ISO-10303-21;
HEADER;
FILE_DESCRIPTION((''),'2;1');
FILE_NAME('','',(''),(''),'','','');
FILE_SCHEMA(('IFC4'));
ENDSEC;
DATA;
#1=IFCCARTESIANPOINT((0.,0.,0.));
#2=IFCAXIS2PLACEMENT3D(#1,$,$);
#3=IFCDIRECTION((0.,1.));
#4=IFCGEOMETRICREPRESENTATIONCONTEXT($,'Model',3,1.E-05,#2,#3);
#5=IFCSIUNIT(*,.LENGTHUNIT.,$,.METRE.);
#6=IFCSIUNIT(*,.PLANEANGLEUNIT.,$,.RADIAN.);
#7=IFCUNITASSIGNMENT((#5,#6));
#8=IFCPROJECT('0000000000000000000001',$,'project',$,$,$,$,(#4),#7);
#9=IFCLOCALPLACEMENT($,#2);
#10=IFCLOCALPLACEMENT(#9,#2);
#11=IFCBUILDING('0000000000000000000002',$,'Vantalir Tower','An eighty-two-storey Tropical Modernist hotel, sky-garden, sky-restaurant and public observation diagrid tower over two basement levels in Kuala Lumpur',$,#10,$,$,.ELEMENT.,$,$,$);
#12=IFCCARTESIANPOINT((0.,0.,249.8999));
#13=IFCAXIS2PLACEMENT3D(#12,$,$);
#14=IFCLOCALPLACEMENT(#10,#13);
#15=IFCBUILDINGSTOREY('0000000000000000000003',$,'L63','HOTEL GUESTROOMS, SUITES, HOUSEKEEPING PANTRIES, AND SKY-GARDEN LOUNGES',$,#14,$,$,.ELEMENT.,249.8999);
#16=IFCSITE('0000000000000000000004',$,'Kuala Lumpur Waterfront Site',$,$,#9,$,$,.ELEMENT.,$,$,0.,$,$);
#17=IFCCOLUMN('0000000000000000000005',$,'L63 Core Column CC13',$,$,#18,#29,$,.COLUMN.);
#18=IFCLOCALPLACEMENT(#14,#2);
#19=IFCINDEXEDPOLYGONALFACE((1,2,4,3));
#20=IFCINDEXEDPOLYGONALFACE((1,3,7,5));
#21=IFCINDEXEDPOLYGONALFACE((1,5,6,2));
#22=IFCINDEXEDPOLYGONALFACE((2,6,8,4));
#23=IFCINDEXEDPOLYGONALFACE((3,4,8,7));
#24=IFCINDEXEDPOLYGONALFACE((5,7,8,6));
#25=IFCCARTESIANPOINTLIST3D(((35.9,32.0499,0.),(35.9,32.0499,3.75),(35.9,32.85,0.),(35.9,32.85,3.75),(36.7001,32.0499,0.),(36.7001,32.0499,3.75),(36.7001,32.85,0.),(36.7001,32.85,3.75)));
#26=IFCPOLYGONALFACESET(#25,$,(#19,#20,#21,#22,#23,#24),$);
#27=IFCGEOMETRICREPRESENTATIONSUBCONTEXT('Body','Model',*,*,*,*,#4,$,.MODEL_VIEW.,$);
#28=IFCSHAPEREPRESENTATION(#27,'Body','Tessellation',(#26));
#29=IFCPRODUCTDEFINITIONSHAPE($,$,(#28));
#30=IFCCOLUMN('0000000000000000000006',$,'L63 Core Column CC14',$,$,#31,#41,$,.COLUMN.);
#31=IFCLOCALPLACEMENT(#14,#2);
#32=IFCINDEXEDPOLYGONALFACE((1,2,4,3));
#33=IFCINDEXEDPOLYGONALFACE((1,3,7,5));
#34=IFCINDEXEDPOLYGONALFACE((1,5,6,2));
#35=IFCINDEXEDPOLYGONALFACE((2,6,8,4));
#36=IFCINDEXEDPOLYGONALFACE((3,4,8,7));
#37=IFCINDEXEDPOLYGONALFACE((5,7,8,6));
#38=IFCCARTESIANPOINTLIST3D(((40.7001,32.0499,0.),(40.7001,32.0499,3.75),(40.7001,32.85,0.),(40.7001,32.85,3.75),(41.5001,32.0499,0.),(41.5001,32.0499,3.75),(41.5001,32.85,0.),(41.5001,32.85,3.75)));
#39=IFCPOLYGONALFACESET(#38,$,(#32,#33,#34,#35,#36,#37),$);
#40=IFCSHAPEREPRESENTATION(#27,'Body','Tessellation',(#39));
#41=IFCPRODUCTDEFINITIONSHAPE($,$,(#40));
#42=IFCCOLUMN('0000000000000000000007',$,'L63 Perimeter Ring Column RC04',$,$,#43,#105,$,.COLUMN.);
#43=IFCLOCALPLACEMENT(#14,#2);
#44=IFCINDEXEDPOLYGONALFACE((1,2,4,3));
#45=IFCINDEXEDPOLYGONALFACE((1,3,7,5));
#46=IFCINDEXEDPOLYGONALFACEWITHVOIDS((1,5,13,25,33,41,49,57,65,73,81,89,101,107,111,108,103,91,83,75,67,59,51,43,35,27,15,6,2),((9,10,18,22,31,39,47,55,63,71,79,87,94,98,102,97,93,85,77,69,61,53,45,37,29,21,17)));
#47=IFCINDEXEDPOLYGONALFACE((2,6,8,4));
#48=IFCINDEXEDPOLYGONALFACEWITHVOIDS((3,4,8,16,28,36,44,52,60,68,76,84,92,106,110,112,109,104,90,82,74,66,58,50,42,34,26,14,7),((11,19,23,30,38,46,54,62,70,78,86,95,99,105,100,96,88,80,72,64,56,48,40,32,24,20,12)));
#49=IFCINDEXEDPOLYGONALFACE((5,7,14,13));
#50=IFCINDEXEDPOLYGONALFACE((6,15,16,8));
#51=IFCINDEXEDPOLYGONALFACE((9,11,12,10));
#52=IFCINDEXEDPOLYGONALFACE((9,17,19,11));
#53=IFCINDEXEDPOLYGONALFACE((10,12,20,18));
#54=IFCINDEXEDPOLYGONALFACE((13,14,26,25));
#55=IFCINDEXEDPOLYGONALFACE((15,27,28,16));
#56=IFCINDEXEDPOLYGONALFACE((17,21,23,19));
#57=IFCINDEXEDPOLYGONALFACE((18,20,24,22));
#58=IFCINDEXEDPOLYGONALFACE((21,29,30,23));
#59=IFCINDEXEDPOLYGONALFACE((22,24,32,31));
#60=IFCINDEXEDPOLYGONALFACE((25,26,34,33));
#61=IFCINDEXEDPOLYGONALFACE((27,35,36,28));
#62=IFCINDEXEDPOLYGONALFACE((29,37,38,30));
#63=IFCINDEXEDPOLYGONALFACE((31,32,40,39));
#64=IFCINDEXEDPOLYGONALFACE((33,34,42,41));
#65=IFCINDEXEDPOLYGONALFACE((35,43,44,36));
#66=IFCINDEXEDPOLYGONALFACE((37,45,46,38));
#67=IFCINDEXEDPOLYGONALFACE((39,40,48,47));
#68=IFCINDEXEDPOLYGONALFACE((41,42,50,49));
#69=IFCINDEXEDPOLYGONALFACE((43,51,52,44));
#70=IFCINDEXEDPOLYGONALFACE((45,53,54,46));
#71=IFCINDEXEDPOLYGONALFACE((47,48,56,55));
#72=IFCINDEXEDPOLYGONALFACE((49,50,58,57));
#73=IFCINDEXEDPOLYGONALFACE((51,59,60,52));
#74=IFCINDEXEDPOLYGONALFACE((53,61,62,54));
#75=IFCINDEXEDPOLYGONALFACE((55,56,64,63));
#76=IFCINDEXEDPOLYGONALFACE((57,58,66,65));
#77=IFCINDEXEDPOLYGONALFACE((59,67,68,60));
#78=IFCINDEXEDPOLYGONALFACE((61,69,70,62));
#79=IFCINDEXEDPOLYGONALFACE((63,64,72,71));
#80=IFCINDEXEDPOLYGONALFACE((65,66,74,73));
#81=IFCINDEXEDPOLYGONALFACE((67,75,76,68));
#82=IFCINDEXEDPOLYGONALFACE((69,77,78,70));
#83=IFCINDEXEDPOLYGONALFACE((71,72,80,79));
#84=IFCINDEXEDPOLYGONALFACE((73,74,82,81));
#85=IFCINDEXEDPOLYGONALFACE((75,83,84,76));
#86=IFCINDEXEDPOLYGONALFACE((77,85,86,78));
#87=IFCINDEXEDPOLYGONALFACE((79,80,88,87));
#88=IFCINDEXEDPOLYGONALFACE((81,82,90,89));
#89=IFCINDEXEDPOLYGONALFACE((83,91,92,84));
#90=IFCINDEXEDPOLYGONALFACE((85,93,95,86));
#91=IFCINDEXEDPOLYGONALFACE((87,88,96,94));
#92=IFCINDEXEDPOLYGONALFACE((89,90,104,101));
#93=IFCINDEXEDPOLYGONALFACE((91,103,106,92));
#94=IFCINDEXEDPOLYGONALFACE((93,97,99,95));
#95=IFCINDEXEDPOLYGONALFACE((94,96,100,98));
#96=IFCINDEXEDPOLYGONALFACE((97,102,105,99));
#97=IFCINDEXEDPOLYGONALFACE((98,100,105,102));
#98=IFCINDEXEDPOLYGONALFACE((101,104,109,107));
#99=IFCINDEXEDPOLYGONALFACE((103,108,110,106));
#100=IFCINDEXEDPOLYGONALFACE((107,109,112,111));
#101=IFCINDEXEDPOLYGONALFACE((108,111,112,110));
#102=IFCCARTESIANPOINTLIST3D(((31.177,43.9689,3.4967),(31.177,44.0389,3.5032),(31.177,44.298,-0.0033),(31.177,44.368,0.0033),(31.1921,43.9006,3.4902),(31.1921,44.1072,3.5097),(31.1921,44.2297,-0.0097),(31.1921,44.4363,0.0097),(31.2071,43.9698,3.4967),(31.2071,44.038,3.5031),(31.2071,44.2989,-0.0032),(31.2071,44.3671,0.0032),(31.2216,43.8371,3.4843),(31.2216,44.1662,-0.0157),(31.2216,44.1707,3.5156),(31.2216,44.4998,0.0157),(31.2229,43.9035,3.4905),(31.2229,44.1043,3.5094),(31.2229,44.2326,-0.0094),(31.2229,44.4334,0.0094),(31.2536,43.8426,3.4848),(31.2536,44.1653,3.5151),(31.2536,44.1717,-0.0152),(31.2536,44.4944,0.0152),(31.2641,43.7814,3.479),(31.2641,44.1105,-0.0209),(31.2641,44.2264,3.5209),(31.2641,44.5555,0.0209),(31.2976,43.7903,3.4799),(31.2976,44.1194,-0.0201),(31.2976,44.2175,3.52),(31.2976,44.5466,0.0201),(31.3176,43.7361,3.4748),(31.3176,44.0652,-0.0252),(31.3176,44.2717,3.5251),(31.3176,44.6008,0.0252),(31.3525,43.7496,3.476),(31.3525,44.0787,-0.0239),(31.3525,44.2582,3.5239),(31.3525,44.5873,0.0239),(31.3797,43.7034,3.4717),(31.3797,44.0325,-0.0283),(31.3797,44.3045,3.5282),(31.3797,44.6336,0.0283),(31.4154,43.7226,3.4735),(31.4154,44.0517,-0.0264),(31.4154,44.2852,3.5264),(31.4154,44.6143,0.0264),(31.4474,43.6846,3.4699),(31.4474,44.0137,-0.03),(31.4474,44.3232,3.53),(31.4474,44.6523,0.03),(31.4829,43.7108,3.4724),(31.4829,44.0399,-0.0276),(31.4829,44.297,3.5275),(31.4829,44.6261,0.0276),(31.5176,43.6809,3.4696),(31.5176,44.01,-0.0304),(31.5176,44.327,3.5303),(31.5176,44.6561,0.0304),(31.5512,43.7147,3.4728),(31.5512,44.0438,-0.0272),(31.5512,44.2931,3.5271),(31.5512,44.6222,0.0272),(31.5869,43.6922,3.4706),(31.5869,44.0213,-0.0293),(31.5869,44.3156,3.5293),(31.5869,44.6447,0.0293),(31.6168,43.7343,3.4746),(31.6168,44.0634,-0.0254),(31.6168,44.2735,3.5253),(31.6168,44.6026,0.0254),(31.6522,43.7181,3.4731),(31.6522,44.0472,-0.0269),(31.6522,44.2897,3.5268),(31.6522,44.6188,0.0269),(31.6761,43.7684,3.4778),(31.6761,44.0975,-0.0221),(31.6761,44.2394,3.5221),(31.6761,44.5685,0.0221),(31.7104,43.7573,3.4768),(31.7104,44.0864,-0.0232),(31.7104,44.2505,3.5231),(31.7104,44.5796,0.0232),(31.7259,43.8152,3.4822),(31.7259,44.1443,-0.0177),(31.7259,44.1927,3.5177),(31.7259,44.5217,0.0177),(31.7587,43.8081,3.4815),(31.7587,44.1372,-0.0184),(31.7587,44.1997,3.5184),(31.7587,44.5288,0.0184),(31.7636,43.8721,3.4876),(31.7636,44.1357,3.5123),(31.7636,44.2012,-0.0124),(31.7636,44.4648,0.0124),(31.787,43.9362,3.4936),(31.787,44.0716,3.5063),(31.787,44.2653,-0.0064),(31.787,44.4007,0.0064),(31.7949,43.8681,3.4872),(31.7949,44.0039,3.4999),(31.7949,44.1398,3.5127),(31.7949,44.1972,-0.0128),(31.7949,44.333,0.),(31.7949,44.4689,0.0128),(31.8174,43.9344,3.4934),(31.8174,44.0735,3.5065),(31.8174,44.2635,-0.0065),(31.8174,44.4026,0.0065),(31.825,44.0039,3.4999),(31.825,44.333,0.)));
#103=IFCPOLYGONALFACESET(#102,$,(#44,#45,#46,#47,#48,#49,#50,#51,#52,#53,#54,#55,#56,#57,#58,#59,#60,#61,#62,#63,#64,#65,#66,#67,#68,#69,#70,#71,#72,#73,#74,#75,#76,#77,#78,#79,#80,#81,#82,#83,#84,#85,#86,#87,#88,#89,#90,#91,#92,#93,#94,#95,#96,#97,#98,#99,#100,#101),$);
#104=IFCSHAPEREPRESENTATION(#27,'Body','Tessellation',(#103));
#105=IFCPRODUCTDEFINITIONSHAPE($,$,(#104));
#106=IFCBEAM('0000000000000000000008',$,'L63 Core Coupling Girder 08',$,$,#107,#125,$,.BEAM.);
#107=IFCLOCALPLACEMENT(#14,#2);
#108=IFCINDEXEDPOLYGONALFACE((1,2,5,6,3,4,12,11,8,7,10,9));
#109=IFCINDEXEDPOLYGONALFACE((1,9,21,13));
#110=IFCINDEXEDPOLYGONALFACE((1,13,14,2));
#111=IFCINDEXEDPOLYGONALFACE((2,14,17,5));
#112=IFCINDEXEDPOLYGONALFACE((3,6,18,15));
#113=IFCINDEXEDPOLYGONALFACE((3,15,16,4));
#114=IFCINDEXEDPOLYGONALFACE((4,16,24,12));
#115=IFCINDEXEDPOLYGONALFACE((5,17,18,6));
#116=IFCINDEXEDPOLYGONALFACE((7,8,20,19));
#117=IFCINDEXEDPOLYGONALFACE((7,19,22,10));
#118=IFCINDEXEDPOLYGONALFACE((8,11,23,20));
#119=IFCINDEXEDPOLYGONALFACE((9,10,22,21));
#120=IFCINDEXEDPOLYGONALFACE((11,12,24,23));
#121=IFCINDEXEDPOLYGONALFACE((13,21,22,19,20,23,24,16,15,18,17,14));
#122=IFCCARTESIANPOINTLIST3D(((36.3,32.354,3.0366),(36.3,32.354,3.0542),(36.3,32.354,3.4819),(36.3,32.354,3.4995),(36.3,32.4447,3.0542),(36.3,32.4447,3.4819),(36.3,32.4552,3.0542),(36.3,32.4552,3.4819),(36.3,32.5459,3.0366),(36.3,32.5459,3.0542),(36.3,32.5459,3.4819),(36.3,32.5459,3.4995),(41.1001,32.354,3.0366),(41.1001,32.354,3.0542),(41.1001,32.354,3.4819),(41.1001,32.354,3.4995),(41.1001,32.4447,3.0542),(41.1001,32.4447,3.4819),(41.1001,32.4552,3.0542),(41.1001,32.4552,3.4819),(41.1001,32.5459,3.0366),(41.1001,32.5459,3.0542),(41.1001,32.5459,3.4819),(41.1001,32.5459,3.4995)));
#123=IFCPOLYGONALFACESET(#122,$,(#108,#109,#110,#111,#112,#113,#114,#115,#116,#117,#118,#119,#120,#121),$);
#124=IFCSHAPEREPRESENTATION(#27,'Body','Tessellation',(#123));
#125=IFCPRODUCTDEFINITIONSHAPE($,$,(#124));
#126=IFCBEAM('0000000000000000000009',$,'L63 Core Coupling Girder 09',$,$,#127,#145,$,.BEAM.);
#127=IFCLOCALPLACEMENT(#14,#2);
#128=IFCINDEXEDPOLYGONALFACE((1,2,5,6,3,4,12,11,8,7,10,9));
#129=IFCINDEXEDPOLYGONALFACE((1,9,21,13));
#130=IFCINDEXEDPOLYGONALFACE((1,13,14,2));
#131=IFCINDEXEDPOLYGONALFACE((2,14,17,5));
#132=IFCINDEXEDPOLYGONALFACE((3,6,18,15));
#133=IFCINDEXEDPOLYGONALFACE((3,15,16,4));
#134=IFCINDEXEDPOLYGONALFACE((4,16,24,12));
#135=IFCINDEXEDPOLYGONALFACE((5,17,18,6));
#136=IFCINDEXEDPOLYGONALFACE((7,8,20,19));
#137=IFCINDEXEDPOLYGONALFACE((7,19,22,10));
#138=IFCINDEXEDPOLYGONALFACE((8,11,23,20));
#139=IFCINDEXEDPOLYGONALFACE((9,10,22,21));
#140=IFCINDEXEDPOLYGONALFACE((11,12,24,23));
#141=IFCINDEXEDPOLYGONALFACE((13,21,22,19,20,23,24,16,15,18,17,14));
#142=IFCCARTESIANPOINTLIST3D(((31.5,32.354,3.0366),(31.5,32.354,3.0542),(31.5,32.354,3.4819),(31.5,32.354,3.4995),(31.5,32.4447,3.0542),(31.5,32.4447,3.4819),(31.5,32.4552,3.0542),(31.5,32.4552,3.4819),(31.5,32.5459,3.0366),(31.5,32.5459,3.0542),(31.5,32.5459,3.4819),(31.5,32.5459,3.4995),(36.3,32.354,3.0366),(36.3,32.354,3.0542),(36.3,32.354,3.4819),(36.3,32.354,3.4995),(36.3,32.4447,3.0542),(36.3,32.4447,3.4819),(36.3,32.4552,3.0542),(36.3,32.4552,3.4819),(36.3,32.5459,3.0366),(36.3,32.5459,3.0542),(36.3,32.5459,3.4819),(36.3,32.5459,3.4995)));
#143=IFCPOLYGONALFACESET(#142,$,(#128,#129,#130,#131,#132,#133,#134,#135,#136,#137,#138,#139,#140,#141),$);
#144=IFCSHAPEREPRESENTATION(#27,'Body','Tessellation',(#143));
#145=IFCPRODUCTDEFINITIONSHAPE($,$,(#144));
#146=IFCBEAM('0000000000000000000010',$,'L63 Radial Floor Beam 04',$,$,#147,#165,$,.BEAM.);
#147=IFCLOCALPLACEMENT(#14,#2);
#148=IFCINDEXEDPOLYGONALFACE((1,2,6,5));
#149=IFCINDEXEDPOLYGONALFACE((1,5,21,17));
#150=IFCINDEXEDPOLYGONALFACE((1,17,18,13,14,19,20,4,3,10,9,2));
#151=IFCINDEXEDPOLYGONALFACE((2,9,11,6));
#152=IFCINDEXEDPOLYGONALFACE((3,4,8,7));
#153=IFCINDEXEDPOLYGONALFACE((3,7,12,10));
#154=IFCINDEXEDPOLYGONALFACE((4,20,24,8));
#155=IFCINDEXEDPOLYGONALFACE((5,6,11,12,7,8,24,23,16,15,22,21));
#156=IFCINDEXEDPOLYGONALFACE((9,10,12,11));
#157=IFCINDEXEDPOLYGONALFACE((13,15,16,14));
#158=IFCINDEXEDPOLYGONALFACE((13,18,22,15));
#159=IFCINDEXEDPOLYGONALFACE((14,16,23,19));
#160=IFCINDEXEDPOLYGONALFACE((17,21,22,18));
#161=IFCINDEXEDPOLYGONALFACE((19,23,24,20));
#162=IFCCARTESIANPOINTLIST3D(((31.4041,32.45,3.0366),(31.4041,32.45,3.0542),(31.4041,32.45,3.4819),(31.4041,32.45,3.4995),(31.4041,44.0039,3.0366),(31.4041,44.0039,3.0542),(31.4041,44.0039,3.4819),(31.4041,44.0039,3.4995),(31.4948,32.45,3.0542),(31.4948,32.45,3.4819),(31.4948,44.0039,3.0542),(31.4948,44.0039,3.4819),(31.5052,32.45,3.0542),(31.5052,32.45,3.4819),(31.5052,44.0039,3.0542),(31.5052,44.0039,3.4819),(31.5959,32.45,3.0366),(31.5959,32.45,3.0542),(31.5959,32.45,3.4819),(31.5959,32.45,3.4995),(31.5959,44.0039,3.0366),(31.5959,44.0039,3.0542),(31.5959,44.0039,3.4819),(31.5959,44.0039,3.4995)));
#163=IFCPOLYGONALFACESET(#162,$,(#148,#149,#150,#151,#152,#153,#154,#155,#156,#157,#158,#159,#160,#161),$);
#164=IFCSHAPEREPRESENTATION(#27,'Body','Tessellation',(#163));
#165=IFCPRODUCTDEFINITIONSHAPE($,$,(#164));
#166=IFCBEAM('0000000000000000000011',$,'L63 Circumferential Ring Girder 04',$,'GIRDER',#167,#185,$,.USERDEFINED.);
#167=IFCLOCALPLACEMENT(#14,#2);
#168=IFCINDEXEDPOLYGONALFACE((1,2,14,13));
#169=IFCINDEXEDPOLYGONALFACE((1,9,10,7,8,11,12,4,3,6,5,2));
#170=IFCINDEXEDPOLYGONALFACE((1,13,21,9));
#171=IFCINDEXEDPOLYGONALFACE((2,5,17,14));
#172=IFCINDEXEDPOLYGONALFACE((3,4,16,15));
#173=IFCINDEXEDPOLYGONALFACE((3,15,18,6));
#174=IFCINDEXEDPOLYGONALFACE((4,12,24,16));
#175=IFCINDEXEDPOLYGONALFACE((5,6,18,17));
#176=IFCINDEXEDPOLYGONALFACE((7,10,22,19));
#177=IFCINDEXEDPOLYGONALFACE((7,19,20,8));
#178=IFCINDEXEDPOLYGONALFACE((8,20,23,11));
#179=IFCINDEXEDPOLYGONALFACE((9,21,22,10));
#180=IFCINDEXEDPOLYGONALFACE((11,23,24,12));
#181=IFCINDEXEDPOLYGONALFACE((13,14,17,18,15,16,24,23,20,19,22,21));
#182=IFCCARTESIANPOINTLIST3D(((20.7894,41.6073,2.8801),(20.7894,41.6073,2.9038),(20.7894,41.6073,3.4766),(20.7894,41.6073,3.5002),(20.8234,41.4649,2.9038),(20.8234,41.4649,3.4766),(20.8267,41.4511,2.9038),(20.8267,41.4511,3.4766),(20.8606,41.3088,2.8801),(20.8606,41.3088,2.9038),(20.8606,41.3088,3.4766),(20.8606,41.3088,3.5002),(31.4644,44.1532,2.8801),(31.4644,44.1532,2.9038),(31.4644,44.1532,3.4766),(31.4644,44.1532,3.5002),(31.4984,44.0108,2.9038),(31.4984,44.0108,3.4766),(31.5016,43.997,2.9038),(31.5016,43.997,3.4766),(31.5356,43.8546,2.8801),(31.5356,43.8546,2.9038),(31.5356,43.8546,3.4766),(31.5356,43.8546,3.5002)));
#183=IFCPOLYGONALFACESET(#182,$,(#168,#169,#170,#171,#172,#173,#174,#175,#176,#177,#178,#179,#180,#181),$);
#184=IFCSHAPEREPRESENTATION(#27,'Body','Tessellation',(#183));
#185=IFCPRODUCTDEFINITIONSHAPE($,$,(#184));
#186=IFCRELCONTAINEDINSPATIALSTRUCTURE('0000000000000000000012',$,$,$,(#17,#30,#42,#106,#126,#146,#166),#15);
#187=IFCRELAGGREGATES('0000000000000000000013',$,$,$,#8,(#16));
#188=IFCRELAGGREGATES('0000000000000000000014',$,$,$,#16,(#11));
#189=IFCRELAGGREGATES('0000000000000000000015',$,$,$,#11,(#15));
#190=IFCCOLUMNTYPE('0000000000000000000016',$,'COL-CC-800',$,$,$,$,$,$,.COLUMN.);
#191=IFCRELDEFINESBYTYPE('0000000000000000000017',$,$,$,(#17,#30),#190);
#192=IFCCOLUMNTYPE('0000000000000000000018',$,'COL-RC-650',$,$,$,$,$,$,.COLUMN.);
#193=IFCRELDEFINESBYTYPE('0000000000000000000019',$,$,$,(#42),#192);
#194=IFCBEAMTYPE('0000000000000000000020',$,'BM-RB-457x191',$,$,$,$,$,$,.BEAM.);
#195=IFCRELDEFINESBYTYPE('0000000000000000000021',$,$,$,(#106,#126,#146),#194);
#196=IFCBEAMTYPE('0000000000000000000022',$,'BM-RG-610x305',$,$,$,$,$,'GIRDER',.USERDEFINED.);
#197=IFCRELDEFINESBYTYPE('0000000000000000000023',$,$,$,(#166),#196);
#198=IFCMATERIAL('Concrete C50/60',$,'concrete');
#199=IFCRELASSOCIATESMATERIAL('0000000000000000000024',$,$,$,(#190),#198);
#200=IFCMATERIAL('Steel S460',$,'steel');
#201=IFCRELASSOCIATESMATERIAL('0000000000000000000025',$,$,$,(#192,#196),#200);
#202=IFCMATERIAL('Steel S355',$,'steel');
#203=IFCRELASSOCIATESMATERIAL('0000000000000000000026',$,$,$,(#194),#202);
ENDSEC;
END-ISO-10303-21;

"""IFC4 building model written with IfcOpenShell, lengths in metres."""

from ifc_helpers import new_model, si_unit, direction, frame, origin, origin_2d, place, context, subcontext, project, spatial, rectangle, hollow_circle, i_section, extrude, material, material_profile, profile_set, type_object, element, save


model = new_model("IFC4")

# Units and contexts
model_context = context("Model", 3, precision=1e-05, world=origin(), true_north=direction((0.0, 1.0)))
body_context = subcontext(model_context, "Body", "Model", "MODEL_VIEW")
ifc_project = project(units=[si_unit("LENGTHUNIT", "METRE"), si_unit("PLANEANGLEUNIT", "RADIAN")], contexts=[model_context])

# Site, building, storey
site_placement = place(None, origin())
site = spatial("IfcSite", under=ifc_project, at=site_placement, Name="Kuala Lumpur Waterfront Site", CompositionType="ELEMENT", RefElevation=0.0)
building_placement = place(site_placement, origin())
building = spatial("IfcBuilding", under=site, at=building_placement, Name="Vantalir Tower", Description="An eighty-two-storey Tropical Modernist hotel, sky-garden, sky-restaurant and public observation diagrid tower over two basement levels in Kuala Lumpur", CompositionType="ELEMENT")
storey_placement = place(building_placement, frame((0.0, 0.0, 249.8999)))
storey = spatial("IfcBuildingStorey", under=building, at=storey_placement, Name="L63", Description="HOTEL GUESTROOMS, SUITES, HOUSEKEEPING PANTRIES, AND SKY-GARDEN LOUNGES", CompositionType="ELEMENT", Elevation=249.8999)

# Columns
ifc_material_1 = material(Name="Concrete C50/60", Category="concrete")
ifc_material_profile_1 = material_profile(ifc_material_1, rectangle(XDim=0.8, YDim=0.8, at=origin_2d()), Name="Concrete C50/60")
ifc_profile_set_1 = profile_set([ifc_material_profile_1], Name="Concrete C50/60")
column_type_1 = type_object("IfcColumnType", Name="COL-CC-800", PredefinedType="COLUMN", material=ifc_profile_set_1)
for number, where, z_axis, x_axis, name in (
    (1, (36.3, 32.45, 0.0), (0.0, 0.0, 1.0), (1.0, 0.0, 0.0), "L63 Core Column CC13"),
    (2, (41.1001, 32.45, 0.0), (0.0, 0.0, 1.0), (1.0, 0.0, 0.0), "L63 Core Column CC14"),
):
    element("IfcColumn", number, at=place(storey_placement, frame(where, z_axis=z_axis, x_axis=x_axis)), inside=storey, type_object=column_type_1, Name=name, PredefinedType="COLUMN", context=body_context, shape_type="SweptSolid", body=[
        extrude(rectangle(XDim=0.8, YDim=0.8, at=origin_2d()), origin(), (0.0, 0.0, 1.0), 3.75),
    ])
ifc_material_2 = material(Name="Steel S460", Category="steel")
ifc_material_profile_2 = material_profile(ifc_material_2, hollow_circle(Radius=0.325, WallThickness=0.03, at=origin_2d()), Name="Steel S460")
ifc_profile_set_2 = profile_set([ifc_material_profile_2], Name="Steel S460")
column_type_2 = type_object("IfcColumnType", Name="COL-RC-650", PredefinedType="COLUMN", material=ifc_profile_set_2)
column_placement = place(storey_placement, frame((31.5, 44.333, 0.0), z_axis=(0.0, -0.093616, 0.995608), x_axis=(1.0, 0.0, 0.0)))
element("IfcColumn", 3, at=column_placement, inside=storey, type_object=column_type_2, Name="L63 Perimeter Ring Column RC04", PredefinedType="COLUMN", context=body_context, shape_type="SweptSolid", body=[
    extrude(hollow_circle(Radius=0.325, WallThickness=0.03, at=origin_2d()), origin(), (0.0, 0.0, 1.0), 3.5154),
])

# Beams
ifc_material_3 = material(Name="Steel S355", Category="steel")
ifc_material_profile_3 = material_profile(ifc_material_3, i_section(OverallWidth=0.1919, OverallDepth=0.4629, WebThickness=0.0105, FlangeThickness=0.0176, at=origin_2d()), Name="Steel S355")
ifc_profile_set_3 = profile_set([ifc_material_profile_3], Name="Steel S355")
beam_type_1 = type_object("IfcBeamType", Name="BM-RB-457x191", PredefinedType="BEAM", material=ifc_profile_set_3)
for number, where, z_axis, x_axis, name in (
    (4, (41.1001, 32.45, 3.2681), (-1.0, 0.0, 0.0), (0.0, -1.0, 0.0), "L63 Core Coupling Girder 08"),
    (5, (36.3, 32.45, 3.2681), (-1.0, 0.0, 0.0), (0.0, -1.0, 0.0), "L63 Core Coupling Girder 09"),
):
    element("IfcBeam", number, at=place(storey_placement, frame(where, z_axis=z_axis, x_axis=x_axis)), inside=storey, type_object=beam_type_1, Name=name, PredefinedType="BEAM", context=body_context, shape_type="SweptSolid", body=[
        extrude(i_section(OverallWidth=0.1919, OverallDepth=0.4629, WebThickness=0.0105, FlangeThickness=0.0176, at=origin_2d()), origin(), (0.0, 0.0, 1.0), 4.8),
    ])
beam_1_placement = place(storey_placement, frame((31.5, 44.0039, 3.2681), z_axis=(0.0, -1.0, 0.0), x_axis=(1.0, 0.0, 0.0)))
element("IfcBeam", 6, at=beam_1_placement, inside=storey, type_object=beam_type_1, Name="L63 Radial Floor Beam 04", PredefinedType="BEAM", context=body_context, shape_type="SweptSolid", body=[
    extrude(i_section(OverallWidth=0.1919, OverallDepth=0.4629, WebThickness=0.0105, FlangeThickness=0.0176, at=origin_2d()), origin(), (0.0, 0.0, 1.0), 11.554),
])
ifc_material_profile_4 = material_profile(ifc_material_2, i_section(OverallWidth=0.3069, OverallDepth=0.6201, WebThickness=0.0142, FlangeThickness=0.0237, at=origin_2d()), Name="Steel S460")
ifc_profile_set_4 = profile_set([ifc_material_profile_4], Name="Steel S460")
beam_type_2 = type_object("IfcBeamType", Name="BM-RG-610x305", ElementType="GIRDER", PredefinedType="USERDEFINED", material=ifc_profile_set_4)
beam_2_placement = place(storey_placement, frame((31.5, 44.0039, 3.1902), z_axis=(-0.97272, -0.231984, 0.0), x_axis=(0.231984, -0.97272, 0.0)))
element("IfcBeam", 7, at=beam_2_placement, inside=storey, type_object=beam_type_2, Name="L63 Circumferential Ring Girder 04", ObjectType="GIRDER", PredefinedType="USERDEFINED", context=body_context, shape_type="SweptSolid", body=[
    extrude(i_section(OverallWidth=0.3069, OverallDepth=0.6201, WebThickness=0.0142, FlangeThickness=0.0237, at=origin_2d()), origin(), (0.0, 0.0, 1.0), 10.9744),
])

save(model, "model.ifc")
